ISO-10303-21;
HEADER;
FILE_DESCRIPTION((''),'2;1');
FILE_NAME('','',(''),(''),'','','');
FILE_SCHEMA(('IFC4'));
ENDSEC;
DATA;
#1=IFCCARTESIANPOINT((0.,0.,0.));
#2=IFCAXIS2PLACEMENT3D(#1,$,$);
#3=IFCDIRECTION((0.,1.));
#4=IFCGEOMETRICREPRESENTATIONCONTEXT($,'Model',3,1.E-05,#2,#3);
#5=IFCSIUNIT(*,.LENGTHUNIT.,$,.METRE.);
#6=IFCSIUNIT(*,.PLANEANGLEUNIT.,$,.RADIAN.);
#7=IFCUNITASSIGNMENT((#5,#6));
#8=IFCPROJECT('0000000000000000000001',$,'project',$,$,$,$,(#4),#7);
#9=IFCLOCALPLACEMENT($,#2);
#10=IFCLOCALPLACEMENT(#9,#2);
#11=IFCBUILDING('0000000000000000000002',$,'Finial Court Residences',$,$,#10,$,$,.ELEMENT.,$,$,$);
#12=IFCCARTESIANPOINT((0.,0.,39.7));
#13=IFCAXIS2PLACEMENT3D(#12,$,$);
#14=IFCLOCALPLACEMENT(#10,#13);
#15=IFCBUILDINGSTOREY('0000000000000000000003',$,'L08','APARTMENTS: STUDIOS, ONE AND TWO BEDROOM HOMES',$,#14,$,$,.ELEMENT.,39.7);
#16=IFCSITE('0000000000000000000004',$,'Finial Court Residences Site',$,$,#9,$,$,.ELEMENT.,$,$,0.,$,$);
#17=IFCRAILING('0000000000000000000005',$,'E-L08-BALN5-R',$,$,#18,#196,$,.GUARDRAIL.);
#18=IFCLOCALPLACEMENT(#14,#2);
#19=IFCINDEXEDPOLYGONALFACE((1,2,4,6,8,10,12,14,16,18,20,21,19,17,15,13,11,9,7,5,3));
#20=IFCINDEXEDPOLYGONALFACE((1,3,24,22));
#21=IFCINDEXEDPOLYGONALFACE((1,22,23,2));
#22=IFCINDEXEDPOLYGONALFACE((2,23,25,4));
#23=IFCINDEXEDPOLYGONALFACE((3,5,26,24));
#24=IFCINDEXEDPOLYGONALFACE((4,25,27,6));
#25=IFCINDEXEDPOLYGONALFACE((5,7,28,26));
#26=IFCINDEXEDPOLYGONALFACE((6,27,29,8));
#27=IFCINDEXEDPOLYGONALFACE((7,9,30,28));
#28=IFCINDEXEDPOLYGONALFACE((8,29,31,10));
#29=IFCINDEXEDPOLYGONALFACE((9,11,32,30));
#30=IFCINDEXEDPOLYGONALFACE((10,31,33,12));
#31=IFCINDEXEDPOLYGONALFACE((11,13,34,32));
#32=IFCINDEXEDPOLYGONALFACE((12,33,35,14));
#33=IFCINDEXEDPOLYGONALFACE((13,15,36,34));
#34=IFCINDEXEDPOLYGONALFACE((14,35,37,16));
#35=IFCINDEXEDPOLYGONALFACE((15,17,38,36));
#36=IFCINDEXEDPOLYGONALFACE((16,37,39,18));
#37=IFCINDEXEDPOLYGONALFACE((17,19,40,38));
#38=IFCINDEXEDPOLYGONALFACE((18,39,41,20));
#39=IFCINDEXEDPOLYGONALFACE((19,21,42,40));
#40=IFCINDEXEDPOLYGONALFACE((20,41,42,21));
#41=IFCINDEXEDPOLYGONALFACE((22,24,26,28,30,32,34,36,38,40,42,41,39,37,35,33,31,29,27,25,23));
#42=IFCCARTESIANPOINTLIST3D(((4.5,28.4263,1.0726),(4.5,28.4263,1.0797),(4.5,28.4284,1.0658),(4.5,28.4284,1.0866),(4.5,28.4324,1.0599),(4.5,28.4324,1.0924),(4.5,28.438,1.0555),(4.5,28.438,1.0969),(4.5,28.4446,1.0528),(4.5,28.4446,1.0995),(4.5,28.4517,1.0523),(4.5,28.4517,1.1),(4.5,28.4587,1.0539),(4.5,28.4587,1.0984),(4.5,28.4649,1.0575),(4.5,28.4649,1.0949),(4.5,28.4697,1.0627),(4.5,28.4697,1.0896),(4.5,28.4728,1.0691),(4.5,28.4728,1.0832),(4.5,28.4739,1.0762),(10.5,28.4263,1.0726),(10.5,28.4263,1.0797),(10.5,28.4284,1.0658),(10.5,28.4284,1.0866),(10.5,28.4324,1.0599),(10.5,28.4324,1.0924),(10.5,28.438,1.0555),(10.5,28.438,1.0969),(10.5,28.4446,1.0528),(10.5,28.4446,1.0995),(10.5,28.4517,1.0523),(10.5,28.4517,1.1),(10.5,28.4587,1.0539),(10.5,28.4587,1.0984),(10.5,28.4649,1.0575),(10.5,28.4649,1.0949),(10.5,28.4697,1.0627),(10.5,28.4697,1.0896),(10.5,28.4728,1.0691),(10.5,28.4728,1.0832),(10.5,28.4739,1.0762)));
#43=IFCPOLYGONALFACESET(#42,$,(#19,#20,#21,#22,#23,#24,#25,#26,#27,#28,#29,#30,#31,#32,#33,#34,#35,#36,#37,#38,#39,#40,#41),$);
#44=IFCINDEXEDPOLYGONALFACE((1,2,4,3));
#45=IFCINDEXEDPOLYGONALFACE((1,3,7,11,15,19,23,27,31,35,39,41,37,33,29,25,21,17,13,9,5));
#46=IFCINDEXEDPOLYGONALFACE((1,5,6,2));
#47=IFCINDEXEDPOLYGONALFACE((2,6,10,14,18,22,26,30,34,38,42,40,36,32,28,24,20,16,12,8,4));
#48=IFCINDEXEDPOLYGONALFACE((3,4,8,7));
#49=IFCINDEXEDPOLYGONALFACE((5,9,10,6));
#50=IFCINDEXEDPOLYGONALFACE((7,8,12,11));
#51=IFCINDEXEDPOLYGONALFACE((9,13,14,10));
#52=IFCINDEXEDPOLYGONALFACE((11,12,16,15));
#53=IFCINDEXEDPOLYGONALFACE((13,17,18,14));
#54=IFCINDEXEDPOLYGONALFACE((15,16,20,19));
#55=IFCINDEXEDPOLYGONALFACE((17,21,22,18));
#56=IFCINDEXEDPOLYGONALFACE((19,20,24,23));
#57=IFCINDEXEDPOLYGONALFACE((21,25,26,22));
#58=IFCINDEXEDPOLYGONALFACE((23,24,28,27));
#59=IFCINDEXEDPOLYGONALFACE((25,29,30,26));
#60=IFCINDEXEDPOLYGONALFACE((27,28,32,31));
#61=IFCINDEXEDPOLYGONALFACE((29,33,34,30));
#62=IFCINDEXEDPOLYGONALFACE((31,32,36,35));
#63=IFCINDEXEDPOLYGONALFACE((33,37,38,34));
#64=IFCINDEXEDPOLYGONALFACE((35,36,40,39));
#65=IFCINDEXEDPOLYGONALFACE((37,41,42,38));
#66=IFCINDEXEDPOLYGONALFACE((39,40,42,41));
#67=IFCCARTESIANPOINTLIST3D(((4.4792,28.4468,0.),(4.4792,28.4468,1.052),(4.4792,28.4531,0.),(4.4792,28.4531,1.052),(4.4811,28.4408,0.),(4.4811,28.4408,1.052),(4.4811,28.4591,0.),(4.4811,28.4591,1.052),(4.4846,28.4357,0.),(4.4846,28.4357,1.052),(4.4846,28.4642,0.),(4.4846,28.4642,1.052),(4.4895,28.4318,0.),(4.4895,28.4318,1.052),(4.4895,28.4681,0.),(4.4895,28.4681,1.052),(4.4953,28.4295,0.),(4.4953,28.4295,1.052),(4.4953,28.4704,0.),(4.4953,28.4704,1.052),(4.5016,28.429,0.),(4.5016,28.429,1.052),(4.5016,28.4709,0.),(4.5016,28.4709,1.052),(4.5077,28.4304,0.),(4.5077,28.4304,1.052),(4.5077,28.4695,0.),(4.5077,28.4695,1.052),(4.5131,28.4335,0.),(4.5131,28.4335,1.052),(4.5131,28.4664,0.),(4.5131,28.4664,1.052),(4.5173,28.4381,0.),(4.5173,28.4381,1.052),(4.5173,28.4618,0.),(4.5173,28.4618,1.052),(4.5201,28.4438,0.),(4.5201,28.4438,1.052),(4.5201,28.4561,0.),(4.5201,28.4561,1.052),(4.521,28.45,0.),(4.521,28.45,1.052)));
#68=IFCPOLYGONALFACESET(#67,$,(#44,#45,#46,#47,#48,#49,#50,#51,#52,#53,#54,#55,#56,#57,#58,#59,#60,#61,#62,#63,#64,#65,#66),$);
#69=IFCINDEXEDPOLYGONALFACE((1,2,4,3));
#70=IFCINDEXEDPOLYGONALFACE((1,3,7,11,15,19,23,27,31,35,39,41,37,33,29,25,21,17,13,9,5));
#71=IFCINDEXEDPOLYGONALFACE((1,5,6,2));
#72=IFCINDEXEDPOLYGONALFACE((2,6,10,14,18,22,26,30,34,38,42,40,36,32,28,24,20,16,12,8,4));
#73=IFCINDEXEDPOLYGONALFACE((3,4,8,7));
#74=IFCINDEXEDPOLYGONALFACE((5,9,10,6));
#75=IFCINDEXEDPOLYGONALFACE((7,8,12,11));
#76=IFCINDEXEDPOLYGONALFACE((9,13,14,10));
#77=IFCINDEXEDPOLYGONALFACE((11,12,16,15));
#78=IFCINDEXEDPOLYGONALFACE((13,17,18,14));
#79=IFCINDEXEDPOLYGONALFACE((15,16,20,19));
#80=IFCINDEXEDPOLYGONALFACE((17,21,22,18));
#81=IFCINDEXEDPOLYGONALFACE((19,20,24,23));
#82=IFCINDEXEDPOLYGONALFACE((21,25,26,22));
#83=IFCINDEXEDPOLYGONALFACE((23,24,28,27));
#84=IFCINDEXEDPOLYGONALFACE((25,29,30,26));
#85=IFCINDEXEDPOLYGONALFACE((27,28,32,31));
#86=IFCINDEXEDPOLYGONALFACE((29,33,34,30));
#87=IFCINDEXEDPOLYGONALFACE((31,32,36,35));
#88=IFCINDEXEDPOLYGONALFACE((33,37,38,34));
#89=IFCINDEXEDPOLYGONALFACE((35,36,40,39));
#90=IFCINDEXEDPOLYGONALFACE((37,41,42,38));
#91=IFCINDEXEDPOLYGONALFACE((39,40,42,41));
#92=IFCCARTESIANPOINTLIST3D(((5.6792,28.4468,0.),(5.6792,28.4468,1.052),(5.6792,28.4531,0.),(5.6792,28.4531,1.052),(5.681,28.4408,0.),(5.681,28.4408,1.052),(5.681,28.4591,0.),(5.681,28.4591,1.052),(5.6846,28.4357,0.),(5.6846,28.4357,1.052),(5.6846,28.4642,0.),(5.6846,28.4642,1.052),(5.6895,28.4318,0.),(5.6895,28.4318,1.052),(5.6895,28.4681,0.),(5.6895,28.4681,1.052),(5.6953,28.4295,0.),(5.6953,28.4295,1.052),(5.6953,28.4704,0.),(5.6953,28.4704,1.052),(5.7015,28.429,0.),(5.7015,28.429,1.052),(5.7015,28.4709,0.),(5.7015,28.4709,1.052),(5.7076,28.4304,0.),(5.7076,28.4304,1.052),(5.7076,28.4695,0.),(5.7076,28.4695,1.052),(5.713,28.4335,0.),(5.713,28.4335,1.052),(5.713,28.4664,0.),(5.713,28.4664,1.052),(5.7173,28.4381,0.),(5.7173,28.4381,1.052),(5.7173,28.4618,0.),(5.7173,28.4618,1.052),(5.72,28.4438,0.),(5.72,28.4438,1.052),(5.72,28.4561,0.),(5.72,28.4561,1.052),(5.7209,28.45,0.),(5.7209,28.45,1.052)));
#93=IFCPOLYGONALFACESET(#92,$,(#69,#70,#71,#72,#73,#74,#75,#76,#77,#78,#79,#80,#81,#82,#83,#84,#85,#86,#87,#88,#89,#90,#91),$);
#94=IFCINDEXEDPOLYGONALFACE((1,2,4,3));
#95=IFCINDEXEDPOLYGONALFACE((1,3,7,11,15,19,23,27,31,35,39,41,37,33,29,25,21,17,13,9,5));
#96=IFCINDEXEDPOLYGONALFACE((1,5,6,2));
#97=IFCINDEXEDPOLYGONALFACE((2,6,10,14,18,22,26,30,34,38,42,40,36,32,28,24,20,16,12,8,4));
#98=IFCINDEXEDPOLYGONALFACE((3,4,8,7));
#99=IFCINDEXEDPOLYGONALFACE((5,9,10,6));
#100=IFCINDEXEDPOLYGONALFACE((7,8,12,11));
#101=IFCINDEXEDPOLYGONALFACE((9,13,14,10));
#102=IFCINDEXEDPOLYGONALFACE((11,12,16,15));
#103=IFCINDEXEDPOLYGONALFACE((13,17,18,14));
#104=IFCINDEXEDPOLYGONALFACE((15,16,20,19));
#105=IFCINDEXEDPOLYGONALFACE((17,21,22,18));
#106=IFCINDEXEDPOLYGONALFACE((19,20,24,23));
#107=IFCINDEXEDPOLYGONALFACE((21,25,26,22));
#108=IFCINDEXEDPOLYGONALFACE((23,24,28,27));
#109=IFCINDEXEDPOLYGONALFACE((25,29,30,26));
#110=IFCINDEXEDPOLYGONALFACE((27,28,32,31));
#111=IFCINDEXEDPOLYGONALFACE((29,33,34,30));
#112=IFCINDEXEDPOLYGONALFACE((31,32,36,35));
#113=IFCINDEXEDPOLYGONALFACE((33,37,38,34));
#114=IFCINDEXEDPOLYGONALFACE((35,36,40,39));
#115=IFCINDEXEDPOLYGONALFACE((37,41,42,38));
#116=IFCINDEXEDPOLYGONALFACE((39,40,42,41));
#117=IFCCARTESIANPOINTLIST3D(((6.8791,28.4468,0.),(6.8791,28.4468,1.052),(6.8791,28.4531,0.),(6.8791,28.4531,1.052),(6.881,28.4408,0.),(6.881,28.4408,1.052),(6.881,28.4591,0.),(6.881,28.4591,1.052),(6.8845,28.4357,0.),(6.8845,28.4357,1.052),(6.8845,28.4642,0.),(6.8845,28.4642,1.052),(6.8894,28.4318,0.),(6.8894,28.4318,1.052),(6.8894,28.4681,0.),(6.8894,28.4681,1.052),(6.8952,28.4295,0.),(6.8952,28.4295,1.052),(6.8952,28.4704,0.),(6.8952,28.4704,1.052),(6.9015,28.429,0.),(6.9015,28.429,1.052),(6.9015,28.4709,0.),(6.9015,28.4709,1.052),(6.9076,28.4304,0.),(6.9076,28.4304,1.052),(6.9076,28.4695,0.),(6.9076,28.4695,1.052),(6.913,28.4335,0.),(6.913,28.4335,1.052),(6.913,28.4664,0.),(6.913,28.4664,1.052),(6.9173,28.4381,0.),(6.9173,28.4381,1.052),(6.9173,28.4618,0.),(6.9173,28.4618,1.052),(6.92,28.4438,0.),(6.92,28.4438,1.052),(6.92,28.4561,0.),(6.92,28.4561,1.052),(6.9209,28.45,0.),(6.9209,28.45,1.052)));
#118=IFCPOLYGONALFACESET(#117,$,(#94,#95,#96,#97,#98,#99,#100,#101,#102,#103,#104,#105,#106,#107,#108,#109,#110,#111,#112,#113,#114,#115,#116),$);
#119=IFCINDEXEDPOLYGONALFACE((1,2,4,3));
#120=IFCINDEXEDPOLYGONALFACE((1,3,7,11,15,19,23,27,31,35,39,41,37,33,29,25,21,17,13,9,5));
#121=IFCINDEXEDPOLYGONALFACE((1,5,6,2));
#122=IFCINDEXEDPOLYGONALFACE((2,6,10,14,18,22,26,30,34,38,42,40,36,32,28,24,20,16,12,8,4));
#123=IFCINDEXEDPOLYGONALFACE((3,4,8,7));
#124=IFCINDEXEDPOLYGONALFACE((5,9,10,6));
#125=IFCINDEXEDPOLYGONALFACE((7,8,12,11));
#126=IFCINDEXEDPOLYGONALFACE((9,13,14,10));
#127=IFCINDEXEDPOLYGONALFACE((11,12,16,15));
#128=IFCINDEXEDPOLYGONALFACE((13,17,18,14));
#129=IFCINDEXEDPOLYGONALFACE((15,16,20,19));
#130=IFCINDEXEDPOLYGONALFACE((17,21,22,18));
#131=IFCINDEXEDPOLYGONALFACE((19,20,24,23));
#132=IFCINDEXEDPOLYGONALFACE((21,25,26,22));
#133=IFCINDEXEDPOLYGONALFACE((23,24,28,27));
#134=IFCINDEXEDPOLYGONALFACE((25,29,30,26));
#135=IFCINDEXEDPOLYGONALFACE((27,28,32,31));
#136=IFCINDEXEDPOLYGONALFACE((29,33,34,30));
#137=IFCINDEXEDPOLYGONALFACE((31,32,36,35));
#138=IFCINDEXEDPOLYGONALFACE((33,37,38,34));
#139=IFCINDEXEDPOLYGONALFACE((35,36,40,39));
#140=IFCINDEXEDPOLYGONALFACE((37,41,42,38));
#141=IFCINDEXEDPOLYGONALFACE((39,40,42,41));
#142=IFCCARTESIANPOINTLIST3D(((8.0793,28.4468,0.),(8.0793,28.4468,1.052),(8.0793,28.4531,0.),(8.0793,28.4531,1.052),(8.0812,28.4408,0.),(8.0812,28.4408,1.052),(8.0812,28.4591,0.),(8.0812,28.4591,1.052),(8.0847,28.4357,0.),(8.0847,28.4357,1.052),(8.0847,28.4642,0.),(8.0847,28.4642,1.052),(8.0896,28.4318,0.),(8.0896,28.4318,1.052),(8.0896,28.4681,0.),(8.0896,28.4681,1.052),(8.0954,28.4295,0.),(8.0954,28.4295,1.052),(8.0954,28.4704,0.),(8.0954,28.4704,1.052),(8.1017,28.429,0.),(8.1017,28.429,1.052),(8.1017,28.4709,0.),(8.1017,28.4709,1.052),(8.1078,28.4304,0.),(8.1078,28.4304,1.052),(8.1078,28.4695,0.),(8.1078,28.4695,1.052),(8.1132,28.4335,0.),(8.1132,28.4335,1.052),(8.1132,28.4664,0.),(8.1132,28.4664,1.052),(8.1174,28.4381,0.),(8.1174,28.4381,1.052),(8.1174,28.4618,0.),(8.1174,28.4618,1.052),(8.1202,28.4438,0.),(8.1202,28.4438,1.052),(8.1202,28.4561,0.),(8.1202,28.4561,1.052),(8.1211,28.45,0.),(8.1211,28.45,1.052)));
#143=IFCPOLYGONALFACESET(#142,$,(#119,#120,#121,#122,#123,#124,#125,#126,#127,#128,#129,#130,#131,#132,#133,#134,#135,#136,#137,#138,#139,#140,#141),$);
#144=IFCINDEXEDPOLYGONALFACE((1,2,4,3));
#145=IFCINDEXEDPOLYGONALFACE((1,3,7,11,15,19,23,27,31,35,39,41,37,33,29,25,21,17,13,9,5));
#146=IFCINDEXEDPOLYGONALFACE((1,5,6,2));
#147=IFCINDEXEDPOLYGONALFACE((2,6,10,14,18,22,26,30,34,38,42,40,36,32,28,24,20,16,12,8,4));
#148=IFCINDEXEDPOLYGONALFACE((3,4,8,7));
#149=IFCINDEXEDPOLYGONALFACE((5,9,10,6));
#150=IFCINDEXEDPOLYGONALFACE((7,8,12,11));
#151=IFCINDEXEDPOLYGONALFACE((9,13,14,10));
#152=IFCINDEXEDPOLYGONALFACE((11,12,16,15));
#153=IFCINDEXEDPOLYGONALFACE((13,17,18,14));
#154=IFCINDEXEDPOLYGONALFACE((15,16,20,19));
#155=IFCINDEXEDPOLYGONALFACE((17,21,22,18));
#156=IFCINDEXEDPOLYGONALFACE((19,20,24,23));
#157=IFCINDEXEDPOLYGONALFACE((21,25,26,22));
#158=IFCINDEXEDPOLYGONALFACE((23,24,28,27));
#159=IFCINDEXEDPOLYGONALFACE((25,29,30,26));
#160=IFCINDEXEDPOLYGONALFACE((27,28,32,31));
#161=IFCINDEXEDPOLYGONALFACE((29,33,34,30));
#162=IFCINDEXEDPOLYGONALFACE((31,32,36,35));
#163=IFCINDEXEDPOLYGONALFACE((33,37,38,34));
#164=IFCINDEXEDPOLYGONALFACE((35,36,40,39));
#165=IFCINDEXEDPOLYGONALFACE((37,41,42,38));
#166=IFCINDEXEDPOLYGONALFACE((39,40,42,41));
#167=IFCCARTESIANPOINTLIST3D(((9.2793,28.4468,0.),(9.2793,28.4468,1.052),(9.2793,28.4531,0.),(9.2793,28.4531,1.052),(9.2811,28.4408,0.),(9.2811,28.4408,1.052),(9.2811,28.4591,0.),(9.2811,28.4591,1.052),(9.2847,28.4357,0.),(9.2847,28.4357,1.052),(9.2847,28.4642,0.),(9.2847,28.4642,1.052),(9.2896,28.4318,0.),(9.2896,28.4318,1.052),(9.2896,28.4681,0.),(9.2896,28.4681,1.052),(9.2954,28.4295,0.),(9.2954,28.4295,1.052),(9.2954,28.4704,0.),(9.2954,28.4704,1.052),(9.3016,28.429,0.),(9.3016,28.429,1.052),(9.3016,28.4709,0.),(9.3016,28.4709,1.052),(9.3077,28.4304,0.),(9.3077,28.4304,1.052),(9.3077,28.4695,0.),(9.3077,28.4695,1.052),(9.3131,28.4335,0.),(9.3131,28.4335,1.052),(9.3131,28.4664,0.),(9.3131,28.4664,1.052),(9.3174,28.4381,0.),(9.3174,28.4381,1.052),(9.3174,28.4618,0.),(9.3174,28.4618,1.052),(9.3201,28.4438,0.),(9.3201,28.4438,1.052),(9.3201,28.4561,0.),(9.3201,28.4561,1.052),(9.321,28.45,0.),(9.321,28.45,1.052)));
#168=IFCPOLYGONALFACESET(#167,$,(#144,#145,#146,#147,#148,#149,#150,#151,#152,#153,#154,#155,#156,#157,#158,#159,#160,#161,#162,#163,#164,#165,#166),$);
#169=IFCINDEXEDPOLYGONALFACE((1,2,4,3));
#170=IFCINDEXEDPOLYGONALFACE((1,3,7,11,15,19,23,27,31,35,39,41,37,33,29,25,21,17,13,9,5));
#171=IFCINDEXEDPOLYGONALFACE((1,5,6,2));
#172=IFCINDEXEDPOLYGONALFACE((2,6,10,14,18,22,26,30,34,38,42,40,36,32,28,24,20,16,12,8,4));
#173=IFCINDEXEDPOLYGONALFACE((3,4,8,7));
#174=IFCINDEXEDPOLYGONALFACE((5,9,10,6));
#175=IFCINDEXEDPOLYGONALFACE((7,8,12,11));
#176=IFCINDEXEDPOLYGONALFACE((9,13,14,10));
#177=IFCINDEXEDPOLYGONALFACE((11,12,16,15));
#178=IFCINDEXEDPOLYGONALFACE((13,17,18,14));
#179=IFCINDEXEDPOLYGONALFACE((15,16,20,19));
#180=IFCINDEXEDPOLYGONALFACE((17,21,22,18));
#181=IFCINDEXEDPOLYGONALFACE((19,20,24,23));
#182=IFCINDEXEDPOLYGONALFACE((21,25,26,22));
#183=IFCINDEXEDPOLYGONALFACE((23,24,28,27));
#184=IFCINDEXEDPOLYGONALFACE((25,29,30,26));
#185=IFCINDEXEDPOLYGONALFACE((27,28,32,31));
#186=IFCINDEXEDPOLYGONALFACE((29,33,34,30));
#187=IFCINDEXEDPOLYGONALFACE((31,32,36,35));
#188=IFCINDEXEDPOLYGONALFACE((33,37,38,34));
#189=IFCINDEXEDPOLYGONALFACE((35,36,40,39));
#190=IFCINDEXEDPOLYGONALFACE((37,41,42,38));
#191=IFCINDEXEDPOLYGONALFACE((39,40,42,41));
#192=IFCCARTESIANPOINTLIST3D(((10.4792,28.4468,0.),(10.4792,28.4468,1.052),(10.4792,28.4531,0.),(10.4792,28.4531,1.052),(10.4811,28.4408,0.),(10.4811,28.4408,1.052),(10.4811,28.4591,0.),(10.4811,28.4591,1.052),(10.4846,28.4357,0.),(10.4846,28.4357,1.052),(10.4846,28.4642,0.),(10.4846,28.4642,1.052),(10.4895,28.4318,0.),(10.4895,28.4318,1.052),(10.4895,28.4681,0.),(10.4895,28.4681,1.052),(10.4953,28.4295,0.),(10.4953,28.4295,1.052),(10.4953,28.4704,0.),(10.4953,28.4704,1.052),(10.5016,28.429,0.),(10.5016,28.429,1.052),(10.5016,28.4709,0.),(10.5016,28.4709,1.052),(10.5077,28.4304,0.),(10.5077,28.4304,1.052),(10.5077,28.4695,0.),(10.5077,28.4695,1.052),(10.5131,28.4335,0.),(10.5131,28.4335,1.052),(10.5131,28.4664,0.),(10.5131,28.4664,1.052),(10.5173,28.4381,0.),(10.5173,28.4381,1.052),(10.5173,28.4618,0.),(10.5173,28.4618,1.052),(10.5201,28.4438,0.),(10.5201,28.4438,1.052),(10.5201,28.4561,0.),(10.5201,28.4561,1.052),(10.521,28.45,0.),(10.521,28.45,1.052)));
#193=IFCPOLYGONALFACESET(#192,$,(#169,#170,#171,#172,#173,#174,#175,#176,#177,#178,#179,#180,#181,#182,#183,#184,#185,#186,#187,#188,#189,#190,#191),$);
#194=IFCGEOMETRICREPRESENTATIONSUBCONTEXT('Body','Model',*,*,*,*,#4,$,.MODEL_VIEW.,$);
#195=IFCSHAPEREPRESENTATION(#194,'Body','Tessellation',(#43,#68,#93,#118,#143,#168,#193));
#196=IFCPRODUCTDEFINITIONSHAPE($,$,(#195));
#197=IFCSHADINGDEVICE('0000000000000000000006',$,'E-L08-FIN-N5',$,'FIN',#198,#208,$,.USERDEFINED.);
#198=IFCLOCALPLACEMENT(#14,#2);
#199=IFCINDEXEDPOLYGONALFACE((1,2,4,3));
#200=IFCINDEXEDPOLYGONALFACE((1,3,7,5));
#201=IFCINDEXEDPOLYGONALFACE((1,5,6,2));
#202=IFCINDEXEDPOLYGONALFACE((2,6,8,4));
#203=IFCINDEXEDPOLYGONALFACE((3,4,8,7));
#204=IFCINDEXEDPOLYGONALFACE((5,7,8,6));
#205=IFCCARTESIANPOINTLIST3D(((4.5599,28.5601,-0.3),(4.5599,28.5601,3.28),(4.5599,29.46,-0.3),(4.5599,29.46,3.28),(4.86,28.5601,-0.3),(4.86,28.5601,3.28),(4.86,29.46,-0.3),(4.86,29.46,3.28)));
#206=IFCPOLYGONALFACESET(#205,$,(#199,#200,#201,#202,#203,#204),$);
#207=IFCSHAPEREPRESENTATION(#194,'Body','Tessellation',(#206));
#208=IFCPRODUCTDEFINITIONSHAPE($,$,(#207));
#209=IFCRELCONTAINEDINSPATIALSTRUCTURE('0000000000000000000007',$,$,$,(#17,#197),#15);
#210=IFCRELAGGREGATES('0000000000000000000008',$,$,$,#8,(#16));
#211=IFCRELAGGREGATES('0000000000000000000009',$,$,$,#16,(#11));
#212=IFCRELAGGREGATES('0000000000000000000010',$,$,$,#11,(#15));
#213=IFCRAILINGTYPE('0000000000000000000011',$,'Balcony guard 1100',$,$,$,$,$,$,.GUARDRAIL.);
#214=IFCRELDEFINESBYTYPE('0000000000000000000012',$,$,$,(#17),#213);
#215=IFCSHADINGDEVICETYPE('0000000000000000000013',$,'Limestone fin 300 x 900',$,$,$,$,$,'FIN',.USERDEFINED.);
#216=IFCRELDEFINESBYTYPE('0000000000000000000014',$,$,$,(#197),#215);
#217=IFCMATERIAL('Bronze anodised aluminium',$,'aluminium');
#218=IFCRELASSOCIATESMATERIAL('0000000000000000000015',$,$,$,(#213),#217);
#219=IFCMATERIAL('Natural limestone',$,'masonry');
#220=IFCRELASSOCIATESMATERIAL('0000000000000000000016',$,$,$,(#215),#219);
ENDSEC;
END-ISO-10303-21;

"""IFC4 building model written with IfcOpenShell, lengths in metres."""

from ifc_helpers import new_model, si_unit, direction, frame, origin, origin_2d, place, context, subcontext, project, spatial, rectangle, circle, extrude, material, type_object, element, save


model = new_model("IFC4")

# Units and contexts
model_context = context("Model", 3, precision=1e-05, world=origin(), true_north=direction((0.0, 1.0)))
body_context = subcontext(model_context, "Body", "Model", "MODEL_VIEW")
ifc_project = project(units=[si_unit("LENGTHUNIT", "METRE"), si_unit("PLANEANGLEUNIT", "RADIAN")], contexts=[model_context])

# Site, building, storey
site_placement = place(None, origin())
site = spatial("IfcSite", under=ifc_project, at=site_placement, Name="Finial Court Residences Site", CompositionType="ELEMENT", RefElevation=0.0)
building_placement = place(site_placement, origin())
building = spatial("IfcBuilding", under=site, at=building_placement, Name="Finial Court Residences", CompositionType="ELEMENT")
storey_placement = place(building_placement, frame((0.0, 0.0, 39.7)))
storey = spatial("IfcBuildingStorey", under=building, at=storey_placement, Name="L08", Description="APARTMENTS: STUDIOS, ONE AND TWO BEDROOM HOMES", CompositionType="ELEMENT", Elevation=39.7)

# Shared definitions
ifc_material_1 = material(Name="Bronze anodised aluminium", Category="aluminium")

# Shared definitions
ifc_material_2 = material(Name="Natural limestone", Category="masonry")

# Railing
railing_type = type_object("IfcRailingType", Name="Balcony guard 1100", PredefinedType="GUARDRAIL", material=ifc_material_1)
railing_placement = place(storey_placement, frame((4.5, 28.45, 0.0)))
element("IfcRailing", 1, at=railing_placement, inside=storey, type_object=railing_type, Name="E-L08-BALN5-R", PredefinedType="GUARDRAIL", context=body_context, shape_type="SweptSolid", body=[
    extrude(circle(Radius=0.0239, at=origin_2d()), frame((0.0, 0.0, 1.0762), z_axis=(1.0, 0.0, 0.0), x_axis=(0.0, 1.0, 0.0)), (0.0, 0.0, 1.0), 6.0),
    extrude(circle(Radius=0.021, at=origin_2d()), origin(), (0.0, 0.0, 1.0), 1.052),
    extrude(circle(Radius=0.021, at=origin_2d()), frame((1.2, 0.0, 0.0)), (0.0, 0.0, 1.0), 1.052),
    extrude(circle(Radius=0.021, at=origin_2d()), frame((2.3999, 0.0, 0.0)), (0.0, 0.0, 1.0), 1.052),
    extrude(circle(Radius=0.021, at=origin_2d()), frame((3.6001, 0.0, 0.0)), (0.0, 0.0, 1.0), 1.052),
    extrude(circle(Radius=0.021, at=origin_2d()), frame((4.8, 0.0, 0.0)), (0.0, 0.0, 1.0), 1.052),
    extrude(circle(Radius=0.021, at=origin_2d()), frame((6.0, 0.0, 0.0)), (0.0, 0.0, 1.0), 1.052),
])

# Shading device
shading_device_type = type_object("IfcShadingDeviceType", Name="Limestone fin 300 x 900", ElementType="FIN", PredefinedType="USERDEFINED", material=ifc_material_2)
shading_device_placement = place(storey_placement, frame((4.71, 29.01, -0.3), z_axis=(0.0, 0.0, 1.0), x_axis=(1.0, 0.0, 0.0)))
element("IfcShadingDevice", 2, at=shading_device_placement, inside=storey, type_object=shading_device_type, Name="E-L08-FIN-N5", ObjectType="FIN", PredefinedType="USERDEFINED", context=body_context, shape_type="SweptSolid", body=[
    extrude(rectangle(XDim=0.3, YDim=0.8999, at=origin_2d()), origin(), (0.0, 0.0, 1.0), 3.5801),
])

save(model, "model.ifc")
